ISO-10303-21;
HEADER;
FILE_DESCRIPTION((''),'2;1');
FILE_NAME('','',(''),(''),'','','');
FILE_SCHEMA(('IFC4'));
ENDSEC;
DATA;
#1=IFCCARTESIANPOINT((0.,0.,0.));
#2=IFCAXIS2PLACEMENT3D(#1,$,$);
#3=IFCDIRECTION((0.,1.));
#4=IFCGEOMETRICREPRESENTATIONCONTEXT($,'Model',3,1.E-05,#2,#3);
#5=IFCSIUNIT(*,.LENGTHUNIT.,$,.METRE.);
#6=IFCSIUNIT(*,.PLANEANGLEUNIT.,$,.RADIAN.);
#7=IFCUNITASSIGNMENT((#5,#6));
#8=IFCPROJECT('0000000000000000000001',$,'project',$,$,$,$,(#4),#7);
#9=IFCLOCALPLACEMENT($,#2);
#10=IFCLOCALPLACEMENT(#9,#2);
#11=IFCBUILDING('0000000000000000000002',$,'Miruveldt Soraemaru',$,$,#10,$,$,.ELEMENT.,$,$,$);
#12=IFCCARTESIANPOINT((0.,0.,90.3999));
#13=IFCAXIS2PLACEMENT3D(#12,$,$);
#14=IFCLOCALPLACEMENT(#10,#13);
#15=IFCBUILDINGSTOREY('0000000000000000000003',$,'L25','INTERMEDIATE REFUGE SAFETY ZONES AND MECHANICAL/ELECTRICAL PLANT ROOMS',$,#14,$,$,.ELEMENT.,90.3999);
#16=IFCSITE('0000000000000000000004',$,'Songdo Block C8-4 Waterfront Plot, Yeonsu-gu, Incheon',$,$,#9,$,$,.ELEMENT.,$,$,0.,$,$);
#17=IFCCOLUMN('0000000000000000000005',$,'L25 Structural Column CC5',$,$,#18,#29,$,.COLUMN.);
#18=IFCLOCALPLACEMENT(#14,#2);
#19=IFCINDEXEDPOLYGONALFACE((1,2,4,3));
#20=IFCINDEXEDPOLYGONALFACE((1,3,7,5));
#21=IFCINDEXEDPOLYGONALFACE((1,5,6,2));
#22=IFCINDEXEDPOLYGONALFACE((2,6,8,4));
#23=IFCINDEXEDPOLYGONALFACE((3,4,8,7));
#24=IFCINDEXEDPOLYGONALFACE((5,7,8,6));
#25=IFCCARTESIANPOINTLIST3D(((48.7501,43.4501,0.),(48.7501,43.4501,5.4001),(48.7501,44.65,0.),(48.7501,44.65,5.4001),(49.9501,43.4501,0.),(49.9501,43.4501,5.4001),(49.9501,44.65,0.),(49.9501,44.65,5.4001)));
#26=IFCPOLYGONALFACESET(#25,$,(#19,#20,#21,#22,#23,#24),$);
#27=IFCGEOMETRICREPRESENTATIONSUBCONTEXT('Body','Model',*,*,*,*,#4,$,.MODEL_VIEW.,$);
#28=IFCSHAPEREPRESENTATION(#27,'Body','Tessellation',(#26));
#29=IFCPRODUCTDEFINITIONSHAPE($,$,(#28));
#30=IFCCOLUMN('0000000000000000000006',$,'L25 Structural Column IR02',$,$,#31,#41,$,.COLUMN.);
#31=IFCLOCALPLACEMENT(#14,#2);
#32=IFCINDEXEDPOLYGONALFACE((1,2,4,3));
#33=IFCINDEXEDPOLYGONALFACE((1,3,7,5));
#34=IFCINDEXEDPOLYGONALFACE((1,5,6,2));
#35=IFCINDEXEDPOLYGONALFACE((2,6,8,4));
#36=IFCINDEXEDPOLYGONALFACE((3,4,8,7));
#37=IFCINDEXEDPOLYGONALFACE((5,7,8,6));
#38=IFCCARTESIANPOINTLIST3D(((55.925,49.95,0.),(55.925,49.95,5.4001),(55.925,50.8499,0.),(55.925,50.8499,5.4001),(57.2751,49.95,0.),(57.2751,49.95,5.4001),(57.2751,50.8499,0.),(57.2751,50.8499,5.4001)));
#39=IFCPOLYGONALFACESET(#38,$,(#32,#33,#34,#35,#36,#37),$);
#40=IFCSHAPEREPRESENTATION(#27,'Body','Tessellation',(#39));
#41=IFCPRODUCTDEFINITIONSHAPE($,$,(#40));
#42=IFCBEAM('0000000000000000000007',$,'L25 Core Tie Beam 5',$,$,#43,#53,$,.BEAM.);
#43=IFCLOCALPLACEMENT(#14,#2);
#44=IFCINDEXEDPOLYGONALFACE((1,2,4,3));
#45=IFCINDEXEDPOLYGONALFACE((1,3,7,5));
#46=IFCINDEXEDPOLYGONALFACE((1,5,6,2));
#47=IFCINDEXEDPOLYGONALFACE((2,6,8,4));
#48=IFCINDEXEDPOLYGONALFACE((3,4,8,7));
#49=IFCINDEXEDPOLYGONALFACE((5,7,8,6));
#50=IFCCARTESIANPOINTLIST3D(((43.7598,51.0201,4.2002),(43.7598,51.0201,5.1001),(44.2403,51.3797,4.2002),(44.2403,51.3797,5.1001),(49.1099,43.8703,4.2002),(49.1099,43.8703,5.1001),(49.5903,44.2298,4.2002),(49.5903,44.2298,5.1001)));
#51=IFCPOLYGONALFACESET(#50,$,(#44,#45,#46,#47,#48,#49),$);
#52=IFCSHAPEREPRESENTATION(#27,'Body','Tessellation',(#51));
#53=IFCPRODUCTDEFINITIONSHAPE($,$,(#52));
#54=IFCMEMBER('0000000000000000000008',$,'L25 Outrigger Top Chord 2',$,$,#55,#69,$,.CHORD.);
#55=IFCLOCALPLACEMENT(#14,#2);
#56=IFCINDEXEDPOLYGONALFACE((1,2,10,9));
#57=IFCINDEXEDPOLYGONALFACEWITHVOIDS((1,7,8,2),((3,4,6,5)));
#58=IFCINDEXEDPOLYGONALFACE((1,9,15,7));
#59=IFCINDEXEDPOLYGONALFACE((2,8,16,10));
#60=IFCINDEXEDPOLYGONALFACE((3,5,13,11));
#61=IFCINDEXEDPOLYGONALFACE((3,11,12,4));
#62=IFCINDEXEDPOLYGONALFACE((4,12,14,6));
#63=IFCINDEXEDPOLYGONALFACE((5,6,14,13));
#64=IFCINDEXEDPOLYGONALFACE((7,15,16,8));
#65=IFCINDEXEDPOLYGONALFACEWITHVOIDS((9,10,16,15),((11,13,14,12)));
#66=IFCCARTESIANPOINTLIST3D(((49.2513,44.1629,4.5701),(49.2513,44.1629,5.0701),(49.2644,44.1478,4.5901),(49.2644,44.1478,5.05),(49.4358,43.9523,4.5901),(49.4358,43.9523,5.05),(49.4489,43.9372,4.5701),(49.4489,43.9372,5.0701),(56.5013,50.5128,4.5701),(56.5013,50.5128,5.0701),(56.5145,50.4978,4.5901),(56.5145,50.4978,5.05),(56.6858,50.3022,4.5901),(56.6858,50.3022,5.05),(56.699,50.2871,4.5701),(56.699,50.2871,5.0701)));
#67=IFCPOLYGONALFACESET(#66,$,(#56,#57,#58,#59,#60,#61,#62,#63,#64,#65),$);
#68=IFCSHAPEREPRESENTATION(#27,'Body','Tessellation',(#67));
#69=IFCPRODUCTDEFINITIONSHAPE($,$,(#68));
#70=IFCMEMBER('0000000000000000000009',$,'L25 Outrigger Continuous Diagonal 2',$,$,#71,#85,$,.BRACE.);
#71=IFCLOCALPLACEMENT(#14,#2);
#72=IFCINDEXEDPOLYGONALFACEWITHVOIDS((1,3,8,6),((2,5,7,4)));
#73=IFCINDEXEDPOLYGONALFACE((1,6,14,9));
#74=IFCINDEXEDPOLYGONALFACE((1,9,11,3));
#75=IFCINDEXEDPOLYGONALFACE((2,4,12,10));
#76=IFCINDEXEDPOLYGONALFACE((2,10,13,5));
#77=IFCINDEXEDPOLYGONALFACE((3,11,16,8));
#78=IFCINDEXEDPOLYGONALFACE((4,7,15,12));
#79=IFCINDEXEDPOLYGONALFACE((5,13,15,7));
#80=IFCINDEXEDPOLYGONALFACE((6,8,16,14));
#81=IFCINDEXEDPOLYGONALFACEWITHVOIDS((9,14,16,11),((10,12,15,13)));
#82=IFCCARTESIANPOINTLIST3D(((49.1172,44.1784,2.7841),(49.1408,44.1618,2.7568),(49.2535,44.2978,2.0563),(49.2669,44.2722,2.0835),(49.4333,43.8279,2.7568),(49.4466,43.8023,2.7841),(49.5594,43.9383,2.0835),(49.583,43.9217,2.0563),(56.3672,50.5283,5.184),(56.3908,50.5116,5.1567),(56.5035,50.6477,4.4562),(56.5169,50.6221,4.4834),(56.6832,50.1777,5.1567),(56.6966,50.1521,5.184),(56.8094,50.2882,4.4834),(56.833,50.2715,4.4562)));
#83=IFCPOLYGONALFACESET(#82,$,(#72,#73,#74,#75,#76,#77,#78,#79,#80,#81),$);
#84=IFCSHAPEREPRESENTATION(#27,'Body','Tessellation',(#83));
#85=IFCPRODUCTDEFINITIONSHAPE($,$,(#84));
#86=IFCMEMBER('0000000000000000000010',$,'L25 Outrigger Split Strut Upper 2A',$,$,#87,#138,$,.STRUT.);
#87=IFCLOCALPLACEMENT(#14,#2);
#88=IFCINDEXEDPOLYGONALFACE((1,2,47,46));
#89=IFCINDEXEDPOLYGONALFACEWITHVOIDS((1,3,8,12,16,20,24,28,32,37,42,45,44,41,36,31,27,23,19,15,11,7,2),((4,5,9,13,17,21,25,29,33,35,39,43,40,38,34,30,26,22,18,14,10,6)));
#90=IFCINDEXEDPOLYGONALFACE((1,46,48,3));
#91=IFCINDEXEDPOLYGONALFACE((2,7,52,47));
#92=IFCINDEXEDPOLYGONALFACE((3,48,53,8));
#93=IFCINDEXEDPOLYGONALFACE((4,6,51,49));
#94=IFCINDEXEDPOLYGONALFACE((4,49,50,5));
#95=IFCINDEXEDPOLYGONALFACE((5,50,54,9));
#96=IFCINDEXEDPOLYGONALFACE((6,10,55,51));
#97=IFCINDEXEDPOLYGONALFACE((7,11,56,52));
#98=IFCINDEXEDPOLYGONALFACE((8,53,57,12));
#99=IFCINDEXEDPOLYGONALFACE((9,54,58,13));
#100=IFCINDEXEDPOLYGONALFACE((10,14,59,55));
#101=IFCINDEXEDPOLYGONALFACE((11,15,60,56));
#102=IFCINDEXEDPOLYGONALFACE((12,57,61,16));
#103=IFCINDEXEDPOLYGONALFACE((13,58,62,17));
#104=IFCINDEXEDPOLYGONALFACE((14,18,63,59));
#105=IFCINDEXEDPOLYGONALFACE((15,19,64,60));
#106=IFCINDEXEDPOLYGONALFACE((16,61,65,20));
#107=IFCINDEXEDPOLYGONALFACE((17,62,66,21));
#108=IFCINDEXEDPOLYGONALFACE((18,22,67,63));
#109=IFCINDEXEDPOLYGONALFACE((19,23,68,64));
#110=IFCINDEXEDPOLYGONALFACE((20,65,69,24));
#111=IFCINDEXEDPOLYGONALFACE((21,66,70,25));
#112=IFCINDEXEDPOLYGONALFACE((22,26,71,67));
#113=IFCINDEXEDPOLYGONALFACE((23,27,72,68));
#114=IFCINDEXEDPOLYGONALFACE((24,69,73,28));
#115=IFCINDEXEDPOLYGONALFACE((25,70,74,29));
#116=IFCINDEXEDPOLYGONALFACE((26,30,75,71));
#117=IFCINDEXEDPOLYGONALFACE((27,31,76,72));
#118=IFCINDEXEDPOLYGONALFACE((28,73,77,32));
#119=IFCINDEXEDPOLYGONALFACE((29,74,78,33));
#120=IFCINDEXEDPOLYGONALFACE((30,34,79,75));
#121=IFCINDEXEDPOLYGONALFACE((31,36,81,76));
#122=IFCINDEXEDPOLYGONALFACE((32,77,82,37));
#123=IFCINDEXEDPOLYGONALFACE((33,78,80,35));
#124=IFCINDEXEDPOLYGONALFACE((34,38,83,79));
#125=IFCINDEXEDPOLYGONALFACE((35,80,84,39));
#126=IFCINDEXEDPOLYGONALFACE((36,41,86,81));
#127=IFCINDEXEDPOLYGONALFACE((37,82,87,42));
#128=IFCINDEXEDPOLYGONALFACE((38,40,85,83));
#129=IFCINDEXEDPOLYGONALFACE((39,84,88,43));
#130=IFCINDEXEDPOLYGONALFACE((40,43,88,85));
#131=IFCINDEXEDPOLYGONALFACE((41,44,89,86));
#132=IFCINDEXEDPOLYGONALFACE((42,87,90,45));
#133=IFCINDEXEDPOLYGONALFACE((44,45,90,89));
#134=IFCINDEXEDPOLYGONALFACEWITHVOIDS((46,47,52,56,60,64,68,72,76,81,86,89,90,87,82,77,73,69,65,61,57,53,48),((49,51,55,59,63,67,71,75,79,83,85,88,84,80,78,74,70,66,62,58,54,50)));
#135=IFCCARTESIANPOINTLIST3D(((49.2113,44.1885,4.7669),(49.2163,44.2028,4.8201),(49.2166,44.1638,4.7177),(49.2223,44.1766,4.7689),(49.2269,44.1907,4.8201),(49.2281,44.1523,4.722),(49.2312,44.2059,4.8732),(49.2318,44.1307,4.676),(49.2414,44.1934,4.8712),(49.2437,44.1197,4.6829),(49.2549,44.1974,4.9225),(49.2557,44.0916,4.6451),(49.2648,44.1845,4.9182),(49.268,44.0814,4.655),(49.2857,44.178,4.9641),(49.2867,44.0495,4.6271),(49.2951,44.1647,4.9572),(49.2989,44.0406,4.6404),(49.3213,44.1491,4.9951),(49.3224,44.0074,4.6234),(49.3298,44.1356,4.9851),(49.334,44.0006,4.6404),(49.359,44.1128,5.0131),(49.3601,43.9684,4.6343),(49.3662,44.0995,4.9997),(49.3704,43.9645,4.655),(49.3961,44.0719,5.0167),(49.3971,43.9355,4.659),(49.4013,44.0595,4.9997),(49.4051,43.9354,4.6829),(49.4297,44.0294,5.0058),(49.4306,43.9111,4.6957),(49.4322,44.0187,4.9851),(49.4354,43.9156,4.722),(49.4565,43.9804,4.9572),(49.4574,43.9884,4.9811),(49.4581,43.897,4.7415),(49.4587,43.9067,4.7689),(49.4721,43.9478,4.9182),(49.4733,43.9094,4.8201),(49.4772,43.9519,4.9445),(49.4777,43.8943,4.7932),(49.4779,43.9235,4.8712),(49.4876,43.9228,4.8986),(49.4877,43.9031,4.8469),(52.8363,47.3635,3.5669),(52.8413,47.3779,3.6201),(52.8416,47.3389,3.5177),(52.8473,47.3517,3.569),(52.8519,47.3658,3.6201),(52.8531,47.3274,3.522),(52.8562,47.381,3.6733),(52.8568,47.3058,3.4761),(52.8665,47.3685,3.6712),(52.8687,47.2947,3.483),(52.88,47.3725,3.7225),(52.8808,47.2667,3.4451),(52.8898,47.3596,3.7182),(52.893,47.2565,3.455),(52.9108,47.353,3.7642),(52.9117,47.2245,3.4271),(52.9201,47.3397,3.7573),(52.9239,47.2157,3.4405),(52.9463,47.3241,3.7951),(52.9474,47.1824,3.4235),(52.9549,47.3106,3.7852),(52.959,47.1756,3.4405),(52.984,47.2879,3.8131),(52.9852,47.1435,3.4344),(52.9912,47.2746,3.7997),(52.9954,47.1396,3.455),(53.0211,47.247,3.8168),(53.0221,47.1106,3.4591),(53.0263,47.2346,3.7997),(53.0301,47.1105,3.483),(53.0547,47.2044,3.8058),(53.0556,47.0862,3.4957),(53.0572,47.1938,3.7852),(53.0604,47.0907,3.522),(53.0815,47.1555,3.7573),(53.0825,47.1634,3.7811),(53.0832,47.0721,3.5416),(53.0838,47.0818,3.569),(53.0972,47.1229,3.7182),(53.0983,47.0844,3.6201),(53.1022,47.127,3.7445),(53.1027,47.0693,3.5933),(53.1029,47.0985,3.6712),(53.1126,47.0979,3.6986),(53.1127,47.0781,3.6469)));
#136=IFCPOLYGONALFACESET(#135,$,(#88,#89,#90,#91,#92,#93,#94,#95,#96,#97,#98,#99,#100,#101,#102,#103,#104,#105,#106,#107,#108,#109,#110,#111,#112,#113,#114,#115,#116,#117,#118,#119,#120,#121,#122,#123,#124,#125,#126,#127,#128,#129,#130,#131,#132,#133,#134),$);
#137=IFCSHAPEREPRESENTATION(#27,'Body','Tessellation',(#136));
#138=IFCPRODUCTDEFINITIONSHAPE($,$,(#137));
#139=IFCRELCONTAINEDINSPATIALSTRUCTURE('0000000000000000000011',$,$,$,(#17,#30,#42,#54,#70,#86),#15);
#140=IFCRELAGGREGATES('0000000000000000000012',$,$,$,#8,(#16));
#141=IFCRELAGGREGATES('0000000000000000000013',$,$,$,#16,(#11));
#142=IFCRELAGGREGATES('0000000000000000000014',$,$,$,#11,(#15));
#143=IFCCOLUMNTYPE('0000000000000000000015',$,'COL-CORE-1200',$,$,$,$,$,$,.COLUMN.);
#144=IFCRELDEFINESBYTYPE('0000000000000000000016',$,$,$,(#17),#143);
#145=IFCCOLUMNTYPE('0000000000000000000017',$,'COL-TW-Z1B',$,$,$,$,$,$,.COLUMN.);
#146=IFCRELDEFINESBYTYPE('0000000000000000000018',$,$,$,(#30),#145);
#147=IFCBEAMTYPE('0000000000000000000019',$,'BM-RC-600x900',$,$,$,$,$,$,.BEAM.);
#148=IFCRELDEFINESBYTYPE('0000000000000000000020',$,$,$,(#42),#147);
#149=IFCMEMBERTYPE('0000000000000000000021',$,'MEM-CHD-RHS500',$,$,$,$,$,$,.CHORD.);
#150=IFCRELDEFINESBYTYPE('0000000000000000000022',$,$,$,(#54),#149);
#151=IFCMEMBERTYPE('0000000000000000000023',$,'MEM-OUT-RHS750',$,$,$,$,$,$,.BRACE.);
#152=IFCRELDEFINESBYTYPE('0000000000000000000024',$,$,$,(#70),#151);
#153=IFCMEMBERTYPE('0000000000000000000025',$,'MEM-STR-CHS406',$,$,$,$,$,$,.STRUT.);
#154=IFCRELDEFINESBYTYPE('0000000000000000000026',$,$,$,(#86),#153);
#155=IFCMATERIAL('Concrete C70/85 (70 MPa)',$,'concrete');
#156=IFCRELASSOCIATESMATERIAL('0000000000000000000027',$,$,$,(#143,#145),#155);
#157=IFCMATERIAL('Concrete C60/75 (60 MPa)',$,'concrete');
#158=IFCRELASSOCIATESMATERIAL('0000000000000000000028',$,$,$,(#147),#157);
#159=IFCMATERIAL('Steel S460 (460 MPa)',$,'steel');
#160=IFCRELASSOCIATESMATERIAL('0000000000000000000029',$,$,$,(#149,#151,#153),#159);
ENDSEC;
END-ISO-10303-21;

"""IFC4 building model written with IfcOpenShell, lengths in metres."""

from ifc_helpers import new_model, si_unit, direction, frame, origin, origin_2d, place, context, subcontext, project, spatial, rectangle, hollow_rectangle, hollow_circle, extrude, material, material_profile, profile_set, type_object, element, save


model = new_model("IFC4")

# Units and contexts
model_context = context("Model", 3, precision=1e-05, world=origin(), true_north=direction((0.0, 1.0)))
body_context = subcontext(model_context, "Body", "Model", "MODEL_VIEW")
ifc_project = project(units=[si_unit("LENGTHUNIT", "METRE"), si_unit("PLANEANGLEUNIT", "RADIAN")], contexts=[model_context])

# Site, building, storey
site_placement = place(None, origin())
site = spatial("IfcSite", under=ifc_project, at=site_placement, Name="Songdo Block C8-4 Waterfront Plot, Yeonsu-gu, Incheon", CompositionType="ELEMENT", RefElevation=0.0)
building_placement = place(site_placement, origin())
building = spatial("IfcBuilding", under=site, at=building_placement, Name="Miruveldt Soraemaru", CompositionType="ELEMENT")
storey_placement = place(building_placement, frame((0.0, 0.0, 90.3999)))
storey = spatial("IfcBuildingStorey", under=building, at=storey_placement, Name="L25", Description="INTERMEDIATE REFUGE SAFETY ZONES AND MECHANICAL/ELECTRICAL PLANT ROOMS", CompositionType="ELEMENT", Elevation=90.3999)

# Columns
ifc_material_1 = material(Name="Concrete C70/85 (70 MPa)", Category="concrete")
ifc_material_profile_1 = material_profile(ifc_material_1, rectangle(XDim=1.2, YDim=1.2, at=origin_2d()), Name="Concrete C70/85 (70 MPa)", Category="concrete")
ifc_profile_set_1 = profile_set([ifc_material_profile_1], Name="Concrete C70/85 (70 MPa)")
column_type_1 = type_object("IfcColumnType", Name="COL-CORE-1200", PredefinedType="COLUMN", material=ifc_profile_set_1)
column_1_placement = place(storey_placement, frame((49.3501, 44.05, 0.0), z_axis=(0.0, 0.0, 1.0), x_axis=(1.0, 0.0, 0.0)))
element("IfcColumn", 1, at=column_1_placement, inside=storey, type_object=column_type_1, Name="L25 Structural Column CC5", PredefinedType="COLUMN", context=body_context, shape_type="SweptSolid", body=[
    extrude(rectangle(XDim=1.2, YDim=1.2, at=origin_2d()), origin(), (0.0, 0.0, 1.0), 5.4001),
])
ifc_material_profile_2 = material_profile(ifc_material_1, rectangle(XDim=1.3501, YDim=0.8999, at=origin_2d()), Name="Concrete C70/85 (70 MPa)", Category="concrete")
ifc_profile_set_2 = profile_set([ifc_material_profile_2], Name="Concrete C70/85 (70 MPa)")
column_type_2 = type_object("IfcColumnType", Name="COL-TW-Z1B", PredefinedType="COLUMN", material=ifc_profile_set_2)
column_2_placement = place(storey_placement, frame((56.6001, 50.3999, 0.0), z_axis=(0.0, 0.0, 1.0), x_axis=(1.0, 0.0, 0.0)))
element("IfcColumn", 2, at=column_2_placement, inside=storey, type_object=column_type_2, Name="L25 Structural Column IR02", PredefinedType="COLUMN", context=body_context, shape_type="SweptSolid", body=[
    extrude(rectangle(XDim=1.3501, YDim=0.8999, at=origin_2d()), origin(), (0.0, 0.0, 1.0), 5.4001),
])

# Beam
ifc_material_2 = material(Name="Concrete C60/75 (60 MPa)", Category="concrete")
ifc_material_profile_3 = material_profile(ifc_material_2, rectangle(XDim=0.6001, YDim=0.8999, at=origin_2d()), Name="Concrete C60/75 (60 MPa)", Category="concrete")
ifc_profile_set_3 = profile_set([ifc_material_profile_3], Name="Concrete C60/75 (60 MPa)")
beam_type = type_object("IfcBeamType", Name="BM-RC-600x900", PredefinedType="BEAM", material=ifc_profile_set_3)
beam_placement = place(storey_placement, frame((49.3501, 44.05, 4.6501), z_axis=(-0.599116, 0.800662, 0.0), x_axis=(-0.800662, -0.599116, 0.0)))
element("IfcBeam", 3, at=beam_placement, inside=storey, type_object=beam_type, Name="L25 Core Tie Beam 5", PredefinedType="BEAM", context=body_context, shape_type="SweptSolid", body=[
    extrude(rectangle(XDim=0.6001, YDim=0.8999, at=origin_2d()), origin(), (0.0, 0.0, 1.0), 8.9299),
])

# Members
ifc_material_3 = material(Name="Steel S460 (460 MPa)", Category="steel")
ifc_material_profile_4 = material_profile(ifc_material_3, hollow_rectangle(XDim=0.3, YDim=0.5, WallThickness=0.02, at=origin_2d()), Name="Steel S460 (460 MPa)", Category="steel")
ifc_profile_set_4 = profile_set([ifc_material_profile_4], Name="Steel S460 (460 MPa)")
member_type_1 = type_object("IfcMemberType", Name="MEM-CHD-RHS500", PredefinedType="CHORD", material=ifc_profile_set_4)
member_1_placement = place(storey_placement, frame((49.3501, 44.05, 4.8201), z_axis=(0.752263, 0.658863, 0.0), x_axis=(-0.658863, 0.752263, 0.0)))
element("IfcMember", 4, at=member_1_placement, inside=storey, type_object=member_type_1, Name="L25 Outrigger Top Chord 2", PredefinedType="CHORD", context=body_context, shape_type="SweptSolid", body=[
    extrude(hollow_rectangle(XDim=0.3, YDim=0.5, WallThickness=0.02, at=origin_2d()), origin(), (0.0, 0.0, 1.0), 9.6377),
])
ifc_material_profile_5 = material_profile(ifc_material_3, hollow_rectangle(XDim=0.5, YDim=0.75, WallThickness=0.0281, at=origin_2d()), Name="Steel S460 (460 MPa)", Category="steel")
ifc_profile_set_5 = profile_set([ifc_material_profile_5], Name="Steel S460 (460 MPa)")
member_type_2 = type_object("IfcMemberType", Name="MEM-OUT-RHS750", PredefinedType="BRACE", material=ifc_profile_set_5)
member_2_placement = place(storey_placement, frame((49.3501, 44.05, 2.4202), z_axis=(0.729971, 0.639339, 0.241636), x_axis=(-0.658863, 0.752263, 0.0)))
element("IfcMember", 5, at=member_2_placement, inside=storey, type_object=member_type_2, Name="L25 Outrigger Continuous Diagonal 2", PredefinedType="BRACE", context=body_context, shape_type="SweptSolid", body=[
    extrude(hollow_rectangle(XDim=0.5, YDim=0.75, WallThickness=0.0281, at=origin_2d()), origin(), (0.0, 0.0, 1.0), 9.9319),
])
ifc_material_profile_6 = material_profile(ifc_material_3, hollow_circle(Radius=0.2031, WallThickness=0.0161, at=origin_2d()), Name="Steel S460 (460 MPa)", Category="steel")
ifc_profile_set_6 = profile_set([ifc_material_profile_6], Name="Steel S460 (460 MPa)")
member_type_3 = type_object("IfcMemberType", Name="MEM-STR-CHS406", PredefinedType="STRUT", material=ifc_profile_set_6)
member_3_placement = place(storey_placement, frame((49.3501, 44.05, 4.8201), z_axis=(0.72996, 0.639354, -0.241632), x_axis=(-0.658878, 0.75225, 0.0)))
element("IfcMember", 6, at=member_3_placement, inside=storey, type_object=member_type_3, Name="L25 Outrigger Split Strut Upper 2A", PredefinedType="STRUT", context=body_context, shape_type="SweptSolid", body=[
    extrude(hollow_circle(Radius=0.2031, WallThickness=0.0161, at=origin_2d()), origin(), (0.0, 0.0, 1.0), 4.9661),
])

save(model, "model.ifc")
